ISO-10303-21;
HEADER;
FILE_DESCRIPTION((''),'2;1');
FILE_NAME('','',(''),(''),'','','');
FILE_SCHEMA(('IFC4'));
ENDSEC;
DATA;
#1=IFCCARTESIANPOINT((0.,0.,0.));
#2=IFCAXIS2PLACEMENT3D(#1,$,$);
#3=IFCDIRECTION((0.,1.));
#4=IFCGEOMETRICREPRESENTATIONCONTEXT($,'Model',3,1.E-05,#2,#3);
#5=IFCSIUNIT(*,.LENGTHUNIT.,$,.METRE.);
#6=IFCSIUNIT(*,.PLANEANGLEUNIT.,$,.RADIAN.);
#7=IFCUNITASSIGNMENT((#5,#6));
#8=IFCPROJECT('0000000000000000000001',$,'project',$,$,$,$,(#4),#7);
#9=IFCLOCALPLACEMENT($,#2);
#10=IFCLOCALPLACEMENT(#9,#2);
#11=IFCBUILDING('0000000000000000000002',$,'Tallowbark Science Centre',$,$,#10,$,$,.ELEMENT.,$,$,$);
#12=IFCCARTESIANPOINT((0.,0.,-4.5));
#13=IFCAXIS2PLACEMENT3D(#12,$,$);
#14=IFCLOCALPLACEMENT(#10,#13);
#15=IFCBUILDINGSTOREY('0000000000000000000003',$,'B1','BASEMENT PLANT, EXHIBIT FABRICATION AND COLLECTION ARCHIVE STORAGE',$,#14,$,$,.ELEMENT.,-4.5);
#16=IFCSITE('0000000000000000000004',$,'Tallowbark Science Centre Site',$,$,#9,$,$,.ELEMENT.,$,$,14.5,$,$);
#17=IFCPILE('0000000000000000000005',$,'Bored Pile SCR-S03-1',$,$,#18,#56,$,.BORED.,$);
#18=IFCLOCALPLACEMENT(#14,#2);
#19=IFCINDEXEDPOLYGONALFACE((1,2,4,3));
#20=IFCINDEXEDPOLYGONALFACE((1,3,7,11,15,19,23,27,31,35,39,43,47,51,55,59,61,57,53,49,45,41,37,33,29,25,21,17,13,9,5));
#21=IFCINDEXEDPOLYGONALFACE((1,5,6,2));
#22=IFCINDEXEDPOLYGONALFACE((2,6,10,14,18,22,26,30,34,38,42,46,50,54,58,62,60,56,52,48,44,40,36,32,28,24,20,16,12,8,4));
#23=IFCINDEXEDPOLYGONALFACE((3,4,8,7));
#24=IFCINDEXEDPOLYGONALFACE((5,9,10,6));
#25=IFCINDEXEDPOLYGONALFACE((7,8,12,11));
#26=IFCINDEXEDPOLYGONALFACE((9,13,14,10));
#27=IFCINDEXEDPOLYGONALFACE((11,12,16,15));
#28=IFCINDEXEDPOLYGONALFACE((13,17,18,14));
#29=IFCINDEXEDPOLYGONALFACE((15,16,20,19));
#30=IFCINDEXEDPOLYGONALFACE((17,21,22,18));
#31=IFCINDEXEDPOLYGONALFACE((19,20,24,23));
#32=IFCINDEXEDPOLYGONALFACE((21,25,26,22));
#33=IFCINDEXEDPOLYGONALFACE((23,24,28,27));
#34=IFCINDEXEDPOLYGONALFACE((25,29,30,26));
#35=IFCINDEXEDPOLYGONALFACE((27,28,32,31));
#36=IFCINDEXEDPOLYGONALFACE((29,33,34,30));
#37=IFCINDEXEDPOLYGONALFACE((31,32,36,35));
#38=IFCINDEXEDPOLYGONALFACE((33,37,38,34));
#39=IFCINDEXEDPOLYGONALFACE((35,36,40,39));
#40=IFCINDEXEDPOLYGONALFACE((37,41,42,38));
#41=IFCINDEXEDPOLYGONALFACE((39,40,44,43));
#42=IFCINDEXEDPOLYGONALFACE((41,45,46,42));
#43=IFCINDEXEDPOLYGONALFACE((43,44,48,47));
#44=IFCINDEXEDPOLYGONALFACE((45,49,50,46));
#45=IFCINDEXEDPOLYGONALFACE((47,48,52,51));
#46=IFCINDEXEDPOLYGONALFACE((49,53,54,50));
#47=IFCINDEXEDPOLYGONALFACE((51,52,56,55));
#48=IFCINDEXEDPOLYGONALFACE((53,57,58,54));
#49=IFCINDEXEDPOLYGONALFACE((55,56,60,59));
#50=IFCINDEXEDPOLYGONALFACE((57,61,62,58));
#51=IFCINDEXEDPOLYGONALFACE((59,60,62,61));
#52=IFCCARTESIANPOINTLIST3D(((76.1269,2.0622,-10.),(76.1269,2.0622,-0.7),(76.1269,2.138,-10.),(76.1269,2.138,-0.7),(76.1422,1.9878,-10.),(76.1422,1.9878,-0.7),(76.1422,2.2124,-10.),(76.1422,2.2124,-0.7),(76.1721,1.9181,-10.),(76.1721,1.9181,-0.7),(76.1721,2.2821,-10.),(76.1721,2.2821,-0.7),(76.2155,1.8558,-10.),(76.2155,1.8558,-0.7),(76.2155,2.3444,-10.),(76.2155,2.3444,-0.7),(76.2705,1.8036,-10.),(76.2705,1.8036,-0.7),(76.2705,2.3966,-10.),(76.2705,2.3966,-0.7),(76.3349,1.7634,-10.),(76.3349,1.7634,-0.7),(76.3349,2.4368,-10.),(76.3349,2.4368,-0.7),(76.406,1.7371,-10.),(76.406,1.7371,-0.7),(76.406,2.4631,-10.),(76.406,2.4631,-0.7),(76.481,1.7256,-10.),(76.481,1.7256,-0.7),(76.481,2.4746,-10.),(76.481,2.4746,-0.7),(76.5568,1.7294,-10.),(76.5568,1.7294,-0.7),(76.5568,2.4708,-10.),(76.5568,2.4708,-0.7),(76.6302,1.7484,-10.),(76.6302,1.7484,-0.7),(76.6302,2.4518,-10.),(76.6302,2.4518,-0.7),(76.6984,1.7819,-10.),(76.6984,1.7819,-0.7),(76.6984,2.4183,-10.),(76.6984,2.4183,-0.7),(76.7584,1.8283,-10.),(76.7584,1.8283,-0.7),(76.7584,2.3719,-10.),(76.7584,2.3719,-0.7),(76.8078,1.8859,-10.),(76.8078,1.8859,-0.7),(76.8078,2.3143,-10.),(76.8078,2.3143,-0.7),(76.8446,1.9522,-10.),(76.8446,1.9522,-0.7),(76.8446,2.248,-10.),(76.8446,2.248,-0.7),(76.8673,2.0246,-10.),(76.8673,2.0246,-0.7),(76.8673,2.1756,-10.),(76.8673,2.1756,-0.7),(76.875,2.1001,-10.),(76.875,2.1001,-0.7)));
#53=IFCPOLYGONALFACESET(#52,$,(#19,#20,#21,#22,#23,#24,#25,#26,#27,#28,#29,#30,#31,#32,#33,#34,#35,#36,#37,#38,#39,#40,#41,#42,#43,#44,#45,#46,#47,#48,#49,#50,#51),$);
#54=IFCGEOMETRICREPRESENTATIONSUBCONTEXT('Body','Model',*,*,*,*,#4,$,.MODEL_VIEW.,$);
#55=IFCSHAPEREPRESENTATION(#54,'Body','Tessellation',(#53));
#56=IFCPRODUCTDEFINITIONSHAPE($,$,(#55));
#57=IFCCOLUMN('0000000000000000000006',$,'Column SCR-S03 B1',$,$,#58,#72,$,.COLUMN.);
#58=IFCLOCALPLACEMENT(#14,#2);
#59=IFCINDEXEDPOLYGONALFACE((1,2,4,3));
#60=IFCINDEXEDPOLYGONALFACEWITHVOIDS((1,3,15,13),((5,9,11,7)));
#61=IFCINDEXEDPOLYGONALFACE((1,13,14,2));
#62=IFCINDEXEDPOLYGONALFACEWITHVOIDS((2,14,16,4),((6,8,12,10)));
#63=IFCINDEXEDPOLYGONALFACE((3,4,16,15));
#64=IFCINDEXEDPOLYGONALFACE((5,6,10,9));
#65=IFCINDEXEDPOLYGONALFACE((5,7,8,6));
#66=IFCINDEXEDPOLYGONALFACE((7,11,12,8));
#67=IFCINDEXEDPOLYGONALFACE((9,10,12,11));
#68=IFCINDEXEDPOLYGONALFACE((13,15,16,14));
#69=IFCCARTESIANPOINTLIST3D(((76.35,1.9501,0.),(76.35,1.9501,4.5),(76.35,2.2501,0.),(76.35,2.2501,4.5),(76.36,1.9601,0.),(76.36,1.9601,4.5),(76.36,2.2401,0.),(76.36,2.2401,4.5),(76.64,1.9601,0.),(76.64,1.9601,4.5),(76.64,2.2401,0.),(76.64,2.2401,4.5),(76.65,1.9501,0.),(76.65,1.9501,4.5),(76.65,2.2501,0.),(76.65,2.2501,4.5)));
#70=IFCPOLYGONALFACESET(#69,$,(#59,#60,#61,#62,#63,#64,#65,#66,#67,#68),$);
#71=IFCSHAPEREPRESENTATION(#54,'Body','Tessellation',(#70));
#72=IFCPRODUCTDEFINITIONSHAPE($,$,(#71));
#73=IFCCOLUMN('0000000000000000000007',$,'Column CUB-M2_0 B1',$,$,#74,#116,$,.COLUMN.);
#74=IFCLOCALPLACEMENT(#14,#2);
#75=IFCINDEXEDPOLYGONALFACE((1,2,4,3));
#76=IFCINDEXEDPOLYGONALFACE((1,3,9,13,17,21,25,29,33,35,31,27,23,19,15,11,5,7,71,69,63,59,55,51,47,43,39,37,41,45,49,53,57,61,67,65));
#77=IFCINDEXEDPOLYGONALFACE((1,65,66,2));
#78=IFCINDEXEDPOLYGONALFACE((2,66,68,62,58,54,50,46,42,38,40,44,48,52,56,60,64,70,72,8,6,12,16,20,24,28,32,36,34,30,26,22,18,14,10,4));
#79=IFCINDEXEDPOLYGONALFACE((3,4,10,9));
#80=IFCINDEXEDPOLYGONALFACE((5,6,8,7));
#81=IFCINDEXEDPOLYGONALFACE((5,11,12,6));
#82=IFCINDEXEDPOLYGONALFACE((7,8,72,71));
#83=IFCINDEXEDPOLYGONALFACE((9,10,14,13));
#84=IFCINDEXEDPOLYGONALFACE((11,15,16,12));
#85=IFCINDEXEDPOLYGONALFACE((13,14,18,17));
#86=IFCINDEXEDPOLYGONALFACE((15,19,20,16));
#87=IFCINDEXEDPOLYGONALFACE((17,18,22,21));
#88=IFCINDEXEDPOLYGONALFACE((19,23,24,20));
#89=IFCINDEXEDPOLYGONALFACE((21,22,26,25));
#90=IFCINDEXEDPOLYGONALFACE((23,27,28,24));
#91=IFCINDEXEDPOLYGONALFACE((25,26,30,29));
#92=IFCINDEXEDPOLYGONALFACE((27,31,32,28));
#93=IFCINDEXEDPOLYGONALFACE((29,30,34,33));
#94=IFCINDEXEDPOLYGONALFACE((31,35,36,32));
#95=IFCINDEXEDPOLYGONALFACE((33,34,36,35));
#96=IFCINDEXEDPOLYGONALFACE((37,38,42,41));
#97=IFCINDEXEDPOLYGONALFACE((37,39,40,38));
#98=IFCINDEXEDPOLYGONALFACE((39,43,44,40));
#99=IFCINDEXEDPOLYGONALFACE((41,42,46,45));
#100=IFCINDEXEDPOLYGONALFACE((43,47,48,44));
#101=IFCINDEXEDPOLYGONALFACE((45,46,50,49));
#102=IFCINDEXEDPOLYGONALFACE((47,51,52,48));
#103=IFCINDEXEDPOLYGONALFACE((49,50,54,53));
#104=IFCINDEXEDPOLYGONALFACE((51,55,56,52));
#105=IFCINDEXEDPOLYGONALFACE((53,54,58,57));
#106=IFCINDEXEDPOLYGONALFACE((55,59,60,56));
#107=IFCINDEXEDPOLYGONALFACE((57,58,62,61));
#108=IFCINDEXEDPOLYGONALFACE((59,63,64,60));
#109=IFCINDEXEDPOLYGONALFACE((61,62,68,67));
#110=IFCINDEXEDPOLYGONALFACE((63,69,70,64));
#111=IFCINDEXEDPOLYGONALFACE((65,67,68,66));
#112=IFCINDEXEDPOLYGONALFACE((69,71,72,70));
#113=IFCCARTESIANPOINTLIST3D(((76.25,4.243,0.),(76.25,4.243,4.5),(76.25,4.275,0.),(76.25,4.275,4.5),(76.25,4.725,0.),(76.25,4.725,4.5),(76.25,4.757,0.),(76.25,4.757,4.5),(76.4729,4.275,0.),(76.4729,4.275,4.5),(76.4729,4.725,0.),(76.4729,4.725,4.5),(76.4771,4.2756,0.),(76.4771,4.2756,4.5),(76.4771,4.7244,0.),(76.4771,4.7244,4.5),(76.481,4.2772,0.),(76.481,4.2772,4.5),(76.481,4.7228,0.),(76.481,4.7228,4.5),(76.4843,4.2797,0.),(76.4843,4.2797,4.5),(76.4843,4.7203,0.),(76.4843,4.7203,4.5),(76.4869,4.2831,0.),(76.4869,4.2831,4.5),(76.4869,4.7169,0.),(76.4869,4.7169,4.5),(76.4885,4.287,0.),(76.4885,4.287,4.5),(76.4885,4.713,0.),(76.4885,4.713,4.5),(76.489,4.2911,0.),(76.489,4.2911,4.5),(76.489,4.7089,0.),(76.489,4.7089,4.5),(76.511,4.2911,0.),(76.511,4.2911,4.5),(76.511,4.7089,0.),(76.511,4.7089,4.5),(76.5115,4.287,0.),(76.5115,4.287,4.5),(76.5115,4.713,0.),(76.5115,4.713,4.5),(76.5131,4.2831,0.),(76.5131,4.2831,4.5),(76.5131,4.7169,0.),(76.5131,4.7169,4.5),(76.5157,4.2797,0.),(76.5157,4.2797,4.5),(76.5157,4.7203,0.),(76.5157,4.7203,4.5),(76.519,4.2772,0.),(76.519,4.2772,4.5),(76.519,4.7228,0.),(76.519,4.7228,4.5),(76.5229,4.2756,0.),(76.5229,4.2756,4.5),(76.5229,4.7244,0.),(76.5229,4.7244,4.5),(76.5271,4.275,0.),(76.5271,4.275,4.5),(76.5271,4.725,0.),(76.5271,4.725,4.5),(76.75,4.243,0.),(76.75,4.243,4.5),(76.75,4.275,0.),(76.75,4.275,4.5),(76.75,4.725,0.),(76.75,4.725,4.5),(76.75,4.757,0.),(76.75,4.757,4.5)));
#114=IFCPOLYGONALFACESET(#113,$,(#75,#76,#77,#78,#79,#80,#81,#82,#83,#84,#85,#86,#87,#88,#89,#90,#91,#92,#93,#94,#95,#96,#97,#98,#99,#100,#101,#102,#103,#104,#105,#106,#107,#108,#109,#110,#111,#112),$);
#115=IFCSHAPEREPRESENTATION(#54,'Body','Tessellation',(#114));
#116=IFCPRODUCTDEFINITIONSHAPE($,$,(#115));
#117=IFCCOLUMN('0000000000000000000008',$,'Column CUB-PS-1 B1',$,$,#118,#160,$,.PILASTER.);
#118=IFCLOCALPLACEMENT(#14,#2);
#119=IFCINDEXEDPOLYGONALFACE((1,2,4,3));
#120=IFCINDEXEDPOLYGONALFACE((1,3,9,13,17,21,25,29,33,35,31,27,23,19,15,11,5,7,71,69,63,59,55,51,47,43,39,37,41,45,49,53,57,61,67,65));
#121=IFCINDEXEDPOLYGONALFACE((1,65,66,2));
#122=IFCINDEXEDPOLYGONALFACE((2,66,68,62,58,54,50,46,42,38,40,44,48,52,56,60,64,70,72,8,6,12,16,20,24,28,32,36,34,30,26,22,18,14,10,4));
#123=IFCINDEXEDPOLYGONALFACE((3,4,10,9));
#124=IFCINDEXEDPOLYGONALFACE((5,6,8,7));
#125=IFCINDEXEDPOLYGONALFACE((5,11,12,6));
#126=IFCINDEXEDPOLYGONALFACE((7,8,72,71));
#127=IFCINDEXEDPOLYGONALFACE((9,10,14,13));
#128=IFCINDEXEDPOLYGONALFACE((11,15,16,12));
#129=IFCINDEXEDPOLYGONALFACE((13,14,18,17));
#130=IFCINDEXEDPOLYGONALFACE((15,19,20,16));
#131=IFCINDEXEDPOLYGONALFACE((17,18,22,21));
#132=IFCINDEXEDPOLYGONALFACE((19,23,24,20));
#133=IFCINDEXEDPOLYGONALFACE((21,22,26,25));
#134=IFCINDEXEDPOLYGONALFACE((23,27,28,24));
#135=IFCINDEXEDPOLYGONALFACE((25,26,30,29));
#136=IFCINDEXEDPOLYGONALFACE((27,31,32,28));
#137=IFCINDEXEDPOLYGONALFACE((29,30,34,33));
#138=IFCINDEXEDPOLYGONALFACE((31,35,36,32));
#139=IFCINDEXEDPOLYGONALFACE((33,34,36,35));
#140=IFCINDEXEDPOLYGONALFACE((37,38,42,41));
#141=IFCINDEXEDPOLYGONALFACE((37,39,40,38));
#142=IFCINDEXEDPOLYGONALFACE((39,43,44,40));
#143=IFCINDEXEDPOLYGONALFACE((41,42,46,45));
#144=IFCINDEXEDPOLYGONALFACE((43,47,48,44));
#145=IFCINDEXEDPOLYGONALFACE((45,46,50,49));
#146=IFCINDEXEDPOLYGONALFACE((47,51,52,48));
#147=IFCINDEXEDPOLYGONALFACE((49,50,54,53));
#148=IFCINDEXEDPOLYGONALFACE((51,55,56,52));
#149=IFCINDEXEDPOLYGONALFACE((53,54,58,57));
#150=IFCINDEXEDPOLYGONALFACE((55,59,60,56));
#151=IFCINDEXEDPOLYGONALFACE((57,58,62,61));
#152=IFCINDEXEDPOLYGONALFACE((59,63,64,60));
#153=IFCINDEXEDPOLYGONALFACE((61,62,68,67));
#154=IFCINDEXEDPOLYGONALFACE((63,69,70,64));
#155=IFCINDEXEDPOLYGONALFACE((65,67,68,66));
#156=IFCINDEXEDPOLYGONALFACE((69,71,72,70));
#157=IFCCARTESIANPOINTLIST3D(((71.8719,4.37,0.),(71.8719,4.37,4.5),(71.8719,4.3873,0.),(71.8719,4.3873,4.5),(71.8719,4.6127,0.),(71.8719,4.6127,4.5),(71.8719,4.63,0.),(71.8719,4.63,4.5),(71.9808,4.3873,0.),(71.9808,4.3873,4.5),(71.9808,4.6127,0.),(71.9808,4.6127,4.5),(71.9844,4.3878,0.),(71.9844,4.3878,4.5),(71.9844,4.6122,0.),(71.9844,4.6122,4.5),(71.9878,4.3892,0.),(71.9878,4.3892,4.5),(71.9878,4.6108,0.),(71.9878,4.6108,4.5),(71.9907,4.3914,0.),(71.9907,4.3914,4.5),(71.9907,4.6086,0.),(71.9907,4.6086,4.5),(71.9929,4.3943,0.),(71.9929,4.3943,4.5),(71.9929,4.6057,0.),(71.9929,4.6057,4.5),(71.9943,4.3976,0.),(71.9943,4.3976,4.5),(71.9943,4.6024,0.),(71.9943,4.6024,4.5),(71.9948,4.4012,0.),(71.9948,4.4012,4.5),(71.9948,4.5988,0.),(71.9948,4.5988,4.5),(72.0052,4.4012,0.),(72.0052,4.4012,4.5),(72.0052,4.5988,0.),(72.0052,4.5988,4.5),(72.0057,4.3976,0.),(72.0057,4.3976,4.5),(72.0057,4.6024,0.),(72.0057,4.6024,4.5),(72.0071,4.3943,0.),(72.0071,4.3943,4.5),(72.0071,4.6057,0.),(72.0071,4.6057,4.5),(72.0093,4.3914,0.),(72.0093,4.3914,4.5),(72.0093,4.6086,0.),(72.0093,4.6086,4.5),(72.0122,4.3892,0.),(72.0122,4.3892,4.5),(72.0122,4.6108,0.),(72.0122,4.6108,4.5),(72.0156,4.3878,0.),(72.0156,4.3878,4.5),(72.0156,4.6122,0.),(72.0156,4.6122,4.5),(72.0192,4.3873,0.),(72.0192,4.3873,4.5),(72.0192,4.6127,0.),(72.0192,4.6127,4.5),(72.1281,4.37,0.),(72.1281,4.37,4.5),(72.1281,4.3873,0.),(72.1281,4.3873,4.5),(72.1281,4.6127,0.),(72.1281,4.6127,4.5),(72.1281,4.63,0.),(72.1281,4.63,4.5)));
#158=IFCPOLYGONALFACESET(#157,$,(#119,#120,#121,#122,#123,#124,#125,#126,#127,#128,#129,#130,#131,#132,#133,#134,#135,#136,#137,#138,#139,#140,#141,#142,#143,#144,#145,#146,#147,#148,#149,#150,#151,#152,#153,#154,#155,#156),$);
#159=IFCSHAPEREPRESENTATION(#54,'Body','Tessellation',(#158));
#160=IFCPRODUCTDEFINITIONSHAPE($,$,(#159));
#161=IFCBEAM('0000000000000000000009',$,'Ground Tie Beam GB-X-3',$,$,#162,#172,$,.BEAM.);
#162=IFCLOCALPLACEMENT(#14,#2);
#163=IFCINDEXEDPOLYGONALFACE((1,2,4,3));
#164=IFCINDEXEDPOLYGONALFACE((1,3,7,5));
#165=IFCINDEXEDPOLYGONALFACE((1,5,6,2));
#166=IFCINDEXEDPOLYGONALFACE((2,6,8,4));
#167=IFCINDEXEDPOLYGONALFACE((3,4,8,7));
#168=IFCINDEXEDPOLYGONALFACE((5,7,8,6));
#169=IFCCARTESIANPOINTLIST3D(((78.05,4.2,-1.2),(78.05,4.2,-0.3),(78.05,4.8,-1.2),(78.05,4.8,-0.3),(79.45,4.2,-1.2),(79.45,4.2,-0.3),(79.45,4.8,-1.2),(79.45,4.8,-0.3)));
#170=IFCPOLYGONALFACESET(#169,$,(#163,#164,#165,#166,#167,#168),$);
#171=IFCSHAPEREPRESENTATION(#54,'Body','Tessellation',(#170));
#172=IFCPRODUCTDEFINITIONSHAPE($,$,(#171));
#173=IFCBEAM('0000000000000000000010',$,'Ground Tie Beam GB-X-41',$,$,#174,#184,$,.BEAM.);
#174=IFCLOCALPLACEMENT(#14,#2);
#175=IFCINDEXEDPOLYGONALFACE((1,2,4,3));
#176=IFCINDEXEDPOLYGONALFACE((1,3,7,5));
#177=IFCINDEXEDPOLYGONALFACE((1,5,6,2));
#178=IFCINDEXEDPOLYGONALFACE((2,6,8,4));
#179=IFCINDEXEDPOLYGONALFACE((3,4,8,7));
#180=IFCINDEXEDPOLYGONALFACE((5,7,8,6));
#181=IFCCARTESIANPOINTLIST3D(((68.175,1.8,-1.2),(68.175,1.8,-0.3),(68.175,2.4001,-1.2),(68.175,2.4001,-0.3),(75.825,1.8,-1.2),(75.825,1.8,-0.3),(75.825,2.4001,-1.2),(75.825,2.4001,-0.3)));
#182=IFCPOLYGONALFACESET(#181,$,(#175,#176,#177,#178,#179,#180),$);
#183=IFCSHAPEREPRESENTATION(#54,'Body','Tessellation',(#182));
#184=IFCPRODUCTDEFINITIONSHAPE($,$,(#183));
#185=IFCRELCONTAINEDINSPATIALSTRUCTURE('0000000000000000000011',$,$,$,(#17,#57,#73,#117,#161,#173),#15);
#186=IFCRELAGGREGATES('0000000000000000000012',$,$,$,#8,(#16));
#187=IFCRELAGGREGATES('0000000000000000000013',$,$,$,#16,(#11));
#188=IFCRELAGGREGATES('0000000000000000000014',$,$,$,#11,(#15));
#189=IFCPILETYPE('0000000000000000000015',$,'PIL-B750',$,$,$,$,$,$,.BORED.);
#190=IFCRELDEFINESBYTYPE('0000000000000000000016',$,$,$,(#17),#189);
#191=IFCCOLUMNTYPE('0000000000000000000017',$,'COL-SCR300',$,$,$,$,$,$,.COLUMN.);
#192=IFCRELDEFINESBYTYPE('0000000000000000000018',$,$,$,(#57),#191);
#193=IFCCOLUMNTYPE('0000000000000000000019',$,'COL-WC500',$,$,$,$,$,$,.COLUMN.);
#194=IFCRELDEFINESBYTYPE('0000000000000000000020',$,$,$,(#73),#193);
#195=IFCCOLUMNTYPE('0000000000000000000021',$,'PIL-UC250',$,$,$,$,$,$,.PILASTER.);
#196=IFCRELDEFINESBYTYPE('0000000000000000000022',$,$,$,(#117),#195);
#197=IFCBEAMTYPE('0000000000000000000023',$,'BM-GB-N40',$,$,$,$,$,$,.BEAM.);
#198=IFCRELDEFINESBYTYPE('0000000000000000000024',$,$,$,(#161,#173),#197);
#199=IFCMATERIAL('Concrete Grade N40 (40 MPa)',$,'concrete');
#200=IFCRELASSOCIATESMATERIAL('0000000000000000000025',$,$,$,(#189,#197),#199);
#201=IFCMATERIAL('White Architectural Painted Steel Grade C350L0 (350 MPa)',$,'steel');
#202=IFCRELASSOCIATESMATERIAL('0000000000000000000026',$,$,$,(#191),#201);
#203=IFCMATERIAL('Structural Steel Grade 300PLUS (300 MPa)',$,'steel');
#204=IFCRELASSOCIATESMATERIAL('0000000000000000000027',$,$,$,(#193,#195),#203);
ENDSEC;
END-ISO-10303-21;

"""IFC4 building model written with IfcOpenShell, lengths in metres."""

from ifc_helpers import new_model, si_unit, direction, frame, origin, origin_2d, place, context, subcontext, project, spatial, rectangle, hollow_rectangle, circle, i_section, extrude, material, material_profile, profile_set, type_object, element, save


model = new_model("IFC4")

# Units and contexts
model_context = context("Model", 3, precision=1e-05, world=origin(), true_north=direction((0.0, 1.0)))
body_context = subcontext(model_context, "Body", "Model", "MODEL_VIEW")
ifc_project = project(units=[si_unit("LENGTHUNIT", "METRE"), si_unit("PLANEANGLEUNIT", "RADIAN")], contexts=[model_context])

# Site, building, storey
site_placement = place(None, origin())
site = spatial("IfcSite", under=ifc_project, at=site_placement, Name="Tallowbark Science Centre Site", CompositionType="ELEMENT", RefElevation=14.5)
building_placement = place(site_placement, origin())
building = spatial("IfcBuilding", under=site, at=building_placement, Name="Tallowbark Science Centre", CompositionType="ELEMENT")
storey_placement = place(building_placement, frame((0.0, 0.0, -4.5)))
storey = spatial("IfcBuildingStorey", under=building, at=storey_placement, Name="B1", Description="BASEMENT PLANT, EXHIBIT FABRICATION AND COLLECTION ARCHIVE STORAGE", CompositionType="ELEMENT", Elevation=-4.5)

# Shared definitions
ifc_material_1 = material(Name="Concrete Grade N40 (40 MPa)", Category="concrete")

# Pile
ifc_material_profile_1 = material_profile(ifc_material_1, circle(Radius=0.375, at=origin_2d()), Name="PILE750")
ifc_profile_set_1 = profile_set([ifc_material_profile_1], Name="Concrete Grade N40 (40 MPa)")
pile_type = type_object("IfcPileType", Name="PIL-B750", PredefinedType="BORED", material=ifc_profile_set_1)
pile_1_placement = place(storey_placement, frame((76.5, 2.1001, -0.7), z_axis=(0.0, 0.0, -1.0), x_axis=(1.0, 0.0, 0.0)))
element("IfcPile", 1, at=pile_1_placement, inside=storey, type_object=pile_type, Name="Bored Pile SCR-S03-1", PredefinedType="BORED", context=body_context, shape_type="SweptSolid", body=[
    extrude(circle(Radius=0.375, at=origin_2d()), origin(), (0.0, 0.0, 1.0), 9.3),
])

# Columns
ifc_material_2 = material(Name="White Architectural Painted Steel Grade C350L0 (350 MPa)", Category="steel")
ifc_material_profile_2 = material_profile(ifc_material_2, hollow_rectangle(XDim=0.3, YDim=0.3, WallThickness=0.01, at=origin_2d()), Name="300x300x10.0SHS")
ifc_profile_set_2 = profile_set([ifc_material_profile_2], Name="White Architectural Painted Steel Grade C350L0 (350 MPa)")
column_type_1 = type_object("IfcColumnType", Name="COL-SCR300", PredefinedType="COLUMN", material=ifc_profile_set_2)
column_1_placement = place(storey_placement, frame((76.5, 2.1001, 0.0), z_axis=(0.0, 0.0, 1.0), x_axis=(1.0, 0.0, 0.0)))
element("IfcColumn", 2, at=column_1_placement, inside=storey, type_object=column_type_1, Name="Column SCR-S03 B1", PredefinedType="COLUMN", context=body_context, shape_type="SweptSolid", body=[
    extrude(hollow_rectangle(XDim=0.3, YDim=0.3, WallThickness=0.01, at=origin_2d()), origin(), (0.0, 0.0, 1.0), 4.5),
])
ifc_material_3 = material(Name="Structural Steel Grade 300PLUS (300 MPa)", Category="steel")
ifc_material_profile_3 = material_profile(ifc_material_3, i_section(OverallWidth=0.5, OverallDepth=0.5139, WebThickness=0.022, FlangeThickness=0.032, FilletRadius=0.0161, at=origin_2d()), Name="500WC340")
ifc_profile_set_3 = profile_set([ifc_material_profile_3], Name="Structural Steel Grade 300PLUS (300 MPa)")
column_type_2 = type_object("IfcColumnType", Name="COL-WC500", PredefinedType="COLUMN", material=ifc_profile_set_3)
column_2_placement = place(storey_placement, frame((76.5, 4.5, 0.0), z_axis=(0.0, 0.0, 1.0), x_axis=(1.0, 0.0, 0.0)))
element("IfcColumn", 3, at=column_2_placement, inside=storey, type_object=column_type_2, Name="Column CUB-M2_0 B1", PredefinedType="COLUMN", context=body_context, shape_type="SweptSolid", body=[
    extrude(i_section(OverallWidth=0.5, OverallDepth=0.5139, WebThickness=0.022, FlangeThickness=0.032, FilletRadius=0.0161, at=origin_2d()), origin(), (0.0, 0.0, 1.0), 4.5),
])
ifc_material_profile_4 = material_profile(ifc_material_3, i_section(OverallWidth=0.2561, OverallDepth=0.26, WebThickness=0.0105, FlangeThickness=0.0173, FilletRadius=0.0139, at=origin_2d()), Name="250UC89.5")
ifc_profile_set_4 = profile_set([ifc_material_profile_4], Name="Structural Steel Grade 300PLUS (300 MPa)")
column_type_3 = type_object("IfcColumnType", Name="PIL-UC250", PredefinedType="PILASTER", material=ifc_profile_set_4)
column_3_placement = place(storey_placement, frame((72.0, 4.5, 0.0), z_axis=(0.0, 0.0, 1.0), x_axis=(1.0, 0.0, 0.0)))
element("IfcColumn", 4, at=column_3_placement, inside=storey, type_object=column_type_3, Name="Column CUB-PS-1 B1", PredefinedType="PILASTER", context=body_context, shape_type="SweptSolid", body=[
    extrude(i_section(OverallWidth=0.2561, OverallDepth=0.26, WebThickness=0.0105, FlangeThickness=0.0173, FilletRadius=0.0139, at=origin_2d()), origin(), (0.0, 0.0, 1.0), 4.5),
])

# Beams
ifc_material_profile_5 = material_profile(ifc_material_1, rectangle(XDim=0.6001, YDim=0.8999, at=origin_2d()), Name="RC600x900")
ifc_profile_set_5 = profile_set([ifc_material_profile_5], Name="Concrete Grade N40 (40 MPa)")
beam_type = type_object("IfcBeamType", Name="BM-GB-N40", PredefinedType="BEAM", material=ifc_profile_set_5)
beam_1_placement = place(storey_placement, frame((78.05, 4.5, -0.75), z_axis=(1.0, 0.0, 0.0), x_axis=(0.0, 1.0, 0.0)))
element("IfcBeam", 5, at=beam_1_placement, inside=storey, type_object=beam_type, Name="Ground Tie Beam GB-X-3", PredefinedType="BEAM", context=body_context, shape_type="SweptSolid", body=[
    extrude(rectangle(XDim=0.6001, YDim=0.8999, at=origin_2d()), origin(), (0.0, 0.0, 1.0), 1.3999),
])
for number, where, z_axis, x_axis, name in (
    (6, (68.175, 2.1001, -0.75), (1.0, 0.0, 0.0), (0.0, 1.0, 0.0), "Ground Tie Beam GB-X-41"),
):
    element("IfcBeam", number, at=place(storey_placement, frame(where, z_axis=z_axis, x_axis=x_axis)), inside=storey, type_object=beam_type, Name=name, PredefinedType="BEAM", context=body_context, shape_type="SweptSolid", body=[
        extrude(rectangle(XDim=0.6001, YDim=0.8999, at=origin_2d()), origin(), (0.0, 0.0, 1.0), 7.6499),
    ])

save(model, "model.ifc")
